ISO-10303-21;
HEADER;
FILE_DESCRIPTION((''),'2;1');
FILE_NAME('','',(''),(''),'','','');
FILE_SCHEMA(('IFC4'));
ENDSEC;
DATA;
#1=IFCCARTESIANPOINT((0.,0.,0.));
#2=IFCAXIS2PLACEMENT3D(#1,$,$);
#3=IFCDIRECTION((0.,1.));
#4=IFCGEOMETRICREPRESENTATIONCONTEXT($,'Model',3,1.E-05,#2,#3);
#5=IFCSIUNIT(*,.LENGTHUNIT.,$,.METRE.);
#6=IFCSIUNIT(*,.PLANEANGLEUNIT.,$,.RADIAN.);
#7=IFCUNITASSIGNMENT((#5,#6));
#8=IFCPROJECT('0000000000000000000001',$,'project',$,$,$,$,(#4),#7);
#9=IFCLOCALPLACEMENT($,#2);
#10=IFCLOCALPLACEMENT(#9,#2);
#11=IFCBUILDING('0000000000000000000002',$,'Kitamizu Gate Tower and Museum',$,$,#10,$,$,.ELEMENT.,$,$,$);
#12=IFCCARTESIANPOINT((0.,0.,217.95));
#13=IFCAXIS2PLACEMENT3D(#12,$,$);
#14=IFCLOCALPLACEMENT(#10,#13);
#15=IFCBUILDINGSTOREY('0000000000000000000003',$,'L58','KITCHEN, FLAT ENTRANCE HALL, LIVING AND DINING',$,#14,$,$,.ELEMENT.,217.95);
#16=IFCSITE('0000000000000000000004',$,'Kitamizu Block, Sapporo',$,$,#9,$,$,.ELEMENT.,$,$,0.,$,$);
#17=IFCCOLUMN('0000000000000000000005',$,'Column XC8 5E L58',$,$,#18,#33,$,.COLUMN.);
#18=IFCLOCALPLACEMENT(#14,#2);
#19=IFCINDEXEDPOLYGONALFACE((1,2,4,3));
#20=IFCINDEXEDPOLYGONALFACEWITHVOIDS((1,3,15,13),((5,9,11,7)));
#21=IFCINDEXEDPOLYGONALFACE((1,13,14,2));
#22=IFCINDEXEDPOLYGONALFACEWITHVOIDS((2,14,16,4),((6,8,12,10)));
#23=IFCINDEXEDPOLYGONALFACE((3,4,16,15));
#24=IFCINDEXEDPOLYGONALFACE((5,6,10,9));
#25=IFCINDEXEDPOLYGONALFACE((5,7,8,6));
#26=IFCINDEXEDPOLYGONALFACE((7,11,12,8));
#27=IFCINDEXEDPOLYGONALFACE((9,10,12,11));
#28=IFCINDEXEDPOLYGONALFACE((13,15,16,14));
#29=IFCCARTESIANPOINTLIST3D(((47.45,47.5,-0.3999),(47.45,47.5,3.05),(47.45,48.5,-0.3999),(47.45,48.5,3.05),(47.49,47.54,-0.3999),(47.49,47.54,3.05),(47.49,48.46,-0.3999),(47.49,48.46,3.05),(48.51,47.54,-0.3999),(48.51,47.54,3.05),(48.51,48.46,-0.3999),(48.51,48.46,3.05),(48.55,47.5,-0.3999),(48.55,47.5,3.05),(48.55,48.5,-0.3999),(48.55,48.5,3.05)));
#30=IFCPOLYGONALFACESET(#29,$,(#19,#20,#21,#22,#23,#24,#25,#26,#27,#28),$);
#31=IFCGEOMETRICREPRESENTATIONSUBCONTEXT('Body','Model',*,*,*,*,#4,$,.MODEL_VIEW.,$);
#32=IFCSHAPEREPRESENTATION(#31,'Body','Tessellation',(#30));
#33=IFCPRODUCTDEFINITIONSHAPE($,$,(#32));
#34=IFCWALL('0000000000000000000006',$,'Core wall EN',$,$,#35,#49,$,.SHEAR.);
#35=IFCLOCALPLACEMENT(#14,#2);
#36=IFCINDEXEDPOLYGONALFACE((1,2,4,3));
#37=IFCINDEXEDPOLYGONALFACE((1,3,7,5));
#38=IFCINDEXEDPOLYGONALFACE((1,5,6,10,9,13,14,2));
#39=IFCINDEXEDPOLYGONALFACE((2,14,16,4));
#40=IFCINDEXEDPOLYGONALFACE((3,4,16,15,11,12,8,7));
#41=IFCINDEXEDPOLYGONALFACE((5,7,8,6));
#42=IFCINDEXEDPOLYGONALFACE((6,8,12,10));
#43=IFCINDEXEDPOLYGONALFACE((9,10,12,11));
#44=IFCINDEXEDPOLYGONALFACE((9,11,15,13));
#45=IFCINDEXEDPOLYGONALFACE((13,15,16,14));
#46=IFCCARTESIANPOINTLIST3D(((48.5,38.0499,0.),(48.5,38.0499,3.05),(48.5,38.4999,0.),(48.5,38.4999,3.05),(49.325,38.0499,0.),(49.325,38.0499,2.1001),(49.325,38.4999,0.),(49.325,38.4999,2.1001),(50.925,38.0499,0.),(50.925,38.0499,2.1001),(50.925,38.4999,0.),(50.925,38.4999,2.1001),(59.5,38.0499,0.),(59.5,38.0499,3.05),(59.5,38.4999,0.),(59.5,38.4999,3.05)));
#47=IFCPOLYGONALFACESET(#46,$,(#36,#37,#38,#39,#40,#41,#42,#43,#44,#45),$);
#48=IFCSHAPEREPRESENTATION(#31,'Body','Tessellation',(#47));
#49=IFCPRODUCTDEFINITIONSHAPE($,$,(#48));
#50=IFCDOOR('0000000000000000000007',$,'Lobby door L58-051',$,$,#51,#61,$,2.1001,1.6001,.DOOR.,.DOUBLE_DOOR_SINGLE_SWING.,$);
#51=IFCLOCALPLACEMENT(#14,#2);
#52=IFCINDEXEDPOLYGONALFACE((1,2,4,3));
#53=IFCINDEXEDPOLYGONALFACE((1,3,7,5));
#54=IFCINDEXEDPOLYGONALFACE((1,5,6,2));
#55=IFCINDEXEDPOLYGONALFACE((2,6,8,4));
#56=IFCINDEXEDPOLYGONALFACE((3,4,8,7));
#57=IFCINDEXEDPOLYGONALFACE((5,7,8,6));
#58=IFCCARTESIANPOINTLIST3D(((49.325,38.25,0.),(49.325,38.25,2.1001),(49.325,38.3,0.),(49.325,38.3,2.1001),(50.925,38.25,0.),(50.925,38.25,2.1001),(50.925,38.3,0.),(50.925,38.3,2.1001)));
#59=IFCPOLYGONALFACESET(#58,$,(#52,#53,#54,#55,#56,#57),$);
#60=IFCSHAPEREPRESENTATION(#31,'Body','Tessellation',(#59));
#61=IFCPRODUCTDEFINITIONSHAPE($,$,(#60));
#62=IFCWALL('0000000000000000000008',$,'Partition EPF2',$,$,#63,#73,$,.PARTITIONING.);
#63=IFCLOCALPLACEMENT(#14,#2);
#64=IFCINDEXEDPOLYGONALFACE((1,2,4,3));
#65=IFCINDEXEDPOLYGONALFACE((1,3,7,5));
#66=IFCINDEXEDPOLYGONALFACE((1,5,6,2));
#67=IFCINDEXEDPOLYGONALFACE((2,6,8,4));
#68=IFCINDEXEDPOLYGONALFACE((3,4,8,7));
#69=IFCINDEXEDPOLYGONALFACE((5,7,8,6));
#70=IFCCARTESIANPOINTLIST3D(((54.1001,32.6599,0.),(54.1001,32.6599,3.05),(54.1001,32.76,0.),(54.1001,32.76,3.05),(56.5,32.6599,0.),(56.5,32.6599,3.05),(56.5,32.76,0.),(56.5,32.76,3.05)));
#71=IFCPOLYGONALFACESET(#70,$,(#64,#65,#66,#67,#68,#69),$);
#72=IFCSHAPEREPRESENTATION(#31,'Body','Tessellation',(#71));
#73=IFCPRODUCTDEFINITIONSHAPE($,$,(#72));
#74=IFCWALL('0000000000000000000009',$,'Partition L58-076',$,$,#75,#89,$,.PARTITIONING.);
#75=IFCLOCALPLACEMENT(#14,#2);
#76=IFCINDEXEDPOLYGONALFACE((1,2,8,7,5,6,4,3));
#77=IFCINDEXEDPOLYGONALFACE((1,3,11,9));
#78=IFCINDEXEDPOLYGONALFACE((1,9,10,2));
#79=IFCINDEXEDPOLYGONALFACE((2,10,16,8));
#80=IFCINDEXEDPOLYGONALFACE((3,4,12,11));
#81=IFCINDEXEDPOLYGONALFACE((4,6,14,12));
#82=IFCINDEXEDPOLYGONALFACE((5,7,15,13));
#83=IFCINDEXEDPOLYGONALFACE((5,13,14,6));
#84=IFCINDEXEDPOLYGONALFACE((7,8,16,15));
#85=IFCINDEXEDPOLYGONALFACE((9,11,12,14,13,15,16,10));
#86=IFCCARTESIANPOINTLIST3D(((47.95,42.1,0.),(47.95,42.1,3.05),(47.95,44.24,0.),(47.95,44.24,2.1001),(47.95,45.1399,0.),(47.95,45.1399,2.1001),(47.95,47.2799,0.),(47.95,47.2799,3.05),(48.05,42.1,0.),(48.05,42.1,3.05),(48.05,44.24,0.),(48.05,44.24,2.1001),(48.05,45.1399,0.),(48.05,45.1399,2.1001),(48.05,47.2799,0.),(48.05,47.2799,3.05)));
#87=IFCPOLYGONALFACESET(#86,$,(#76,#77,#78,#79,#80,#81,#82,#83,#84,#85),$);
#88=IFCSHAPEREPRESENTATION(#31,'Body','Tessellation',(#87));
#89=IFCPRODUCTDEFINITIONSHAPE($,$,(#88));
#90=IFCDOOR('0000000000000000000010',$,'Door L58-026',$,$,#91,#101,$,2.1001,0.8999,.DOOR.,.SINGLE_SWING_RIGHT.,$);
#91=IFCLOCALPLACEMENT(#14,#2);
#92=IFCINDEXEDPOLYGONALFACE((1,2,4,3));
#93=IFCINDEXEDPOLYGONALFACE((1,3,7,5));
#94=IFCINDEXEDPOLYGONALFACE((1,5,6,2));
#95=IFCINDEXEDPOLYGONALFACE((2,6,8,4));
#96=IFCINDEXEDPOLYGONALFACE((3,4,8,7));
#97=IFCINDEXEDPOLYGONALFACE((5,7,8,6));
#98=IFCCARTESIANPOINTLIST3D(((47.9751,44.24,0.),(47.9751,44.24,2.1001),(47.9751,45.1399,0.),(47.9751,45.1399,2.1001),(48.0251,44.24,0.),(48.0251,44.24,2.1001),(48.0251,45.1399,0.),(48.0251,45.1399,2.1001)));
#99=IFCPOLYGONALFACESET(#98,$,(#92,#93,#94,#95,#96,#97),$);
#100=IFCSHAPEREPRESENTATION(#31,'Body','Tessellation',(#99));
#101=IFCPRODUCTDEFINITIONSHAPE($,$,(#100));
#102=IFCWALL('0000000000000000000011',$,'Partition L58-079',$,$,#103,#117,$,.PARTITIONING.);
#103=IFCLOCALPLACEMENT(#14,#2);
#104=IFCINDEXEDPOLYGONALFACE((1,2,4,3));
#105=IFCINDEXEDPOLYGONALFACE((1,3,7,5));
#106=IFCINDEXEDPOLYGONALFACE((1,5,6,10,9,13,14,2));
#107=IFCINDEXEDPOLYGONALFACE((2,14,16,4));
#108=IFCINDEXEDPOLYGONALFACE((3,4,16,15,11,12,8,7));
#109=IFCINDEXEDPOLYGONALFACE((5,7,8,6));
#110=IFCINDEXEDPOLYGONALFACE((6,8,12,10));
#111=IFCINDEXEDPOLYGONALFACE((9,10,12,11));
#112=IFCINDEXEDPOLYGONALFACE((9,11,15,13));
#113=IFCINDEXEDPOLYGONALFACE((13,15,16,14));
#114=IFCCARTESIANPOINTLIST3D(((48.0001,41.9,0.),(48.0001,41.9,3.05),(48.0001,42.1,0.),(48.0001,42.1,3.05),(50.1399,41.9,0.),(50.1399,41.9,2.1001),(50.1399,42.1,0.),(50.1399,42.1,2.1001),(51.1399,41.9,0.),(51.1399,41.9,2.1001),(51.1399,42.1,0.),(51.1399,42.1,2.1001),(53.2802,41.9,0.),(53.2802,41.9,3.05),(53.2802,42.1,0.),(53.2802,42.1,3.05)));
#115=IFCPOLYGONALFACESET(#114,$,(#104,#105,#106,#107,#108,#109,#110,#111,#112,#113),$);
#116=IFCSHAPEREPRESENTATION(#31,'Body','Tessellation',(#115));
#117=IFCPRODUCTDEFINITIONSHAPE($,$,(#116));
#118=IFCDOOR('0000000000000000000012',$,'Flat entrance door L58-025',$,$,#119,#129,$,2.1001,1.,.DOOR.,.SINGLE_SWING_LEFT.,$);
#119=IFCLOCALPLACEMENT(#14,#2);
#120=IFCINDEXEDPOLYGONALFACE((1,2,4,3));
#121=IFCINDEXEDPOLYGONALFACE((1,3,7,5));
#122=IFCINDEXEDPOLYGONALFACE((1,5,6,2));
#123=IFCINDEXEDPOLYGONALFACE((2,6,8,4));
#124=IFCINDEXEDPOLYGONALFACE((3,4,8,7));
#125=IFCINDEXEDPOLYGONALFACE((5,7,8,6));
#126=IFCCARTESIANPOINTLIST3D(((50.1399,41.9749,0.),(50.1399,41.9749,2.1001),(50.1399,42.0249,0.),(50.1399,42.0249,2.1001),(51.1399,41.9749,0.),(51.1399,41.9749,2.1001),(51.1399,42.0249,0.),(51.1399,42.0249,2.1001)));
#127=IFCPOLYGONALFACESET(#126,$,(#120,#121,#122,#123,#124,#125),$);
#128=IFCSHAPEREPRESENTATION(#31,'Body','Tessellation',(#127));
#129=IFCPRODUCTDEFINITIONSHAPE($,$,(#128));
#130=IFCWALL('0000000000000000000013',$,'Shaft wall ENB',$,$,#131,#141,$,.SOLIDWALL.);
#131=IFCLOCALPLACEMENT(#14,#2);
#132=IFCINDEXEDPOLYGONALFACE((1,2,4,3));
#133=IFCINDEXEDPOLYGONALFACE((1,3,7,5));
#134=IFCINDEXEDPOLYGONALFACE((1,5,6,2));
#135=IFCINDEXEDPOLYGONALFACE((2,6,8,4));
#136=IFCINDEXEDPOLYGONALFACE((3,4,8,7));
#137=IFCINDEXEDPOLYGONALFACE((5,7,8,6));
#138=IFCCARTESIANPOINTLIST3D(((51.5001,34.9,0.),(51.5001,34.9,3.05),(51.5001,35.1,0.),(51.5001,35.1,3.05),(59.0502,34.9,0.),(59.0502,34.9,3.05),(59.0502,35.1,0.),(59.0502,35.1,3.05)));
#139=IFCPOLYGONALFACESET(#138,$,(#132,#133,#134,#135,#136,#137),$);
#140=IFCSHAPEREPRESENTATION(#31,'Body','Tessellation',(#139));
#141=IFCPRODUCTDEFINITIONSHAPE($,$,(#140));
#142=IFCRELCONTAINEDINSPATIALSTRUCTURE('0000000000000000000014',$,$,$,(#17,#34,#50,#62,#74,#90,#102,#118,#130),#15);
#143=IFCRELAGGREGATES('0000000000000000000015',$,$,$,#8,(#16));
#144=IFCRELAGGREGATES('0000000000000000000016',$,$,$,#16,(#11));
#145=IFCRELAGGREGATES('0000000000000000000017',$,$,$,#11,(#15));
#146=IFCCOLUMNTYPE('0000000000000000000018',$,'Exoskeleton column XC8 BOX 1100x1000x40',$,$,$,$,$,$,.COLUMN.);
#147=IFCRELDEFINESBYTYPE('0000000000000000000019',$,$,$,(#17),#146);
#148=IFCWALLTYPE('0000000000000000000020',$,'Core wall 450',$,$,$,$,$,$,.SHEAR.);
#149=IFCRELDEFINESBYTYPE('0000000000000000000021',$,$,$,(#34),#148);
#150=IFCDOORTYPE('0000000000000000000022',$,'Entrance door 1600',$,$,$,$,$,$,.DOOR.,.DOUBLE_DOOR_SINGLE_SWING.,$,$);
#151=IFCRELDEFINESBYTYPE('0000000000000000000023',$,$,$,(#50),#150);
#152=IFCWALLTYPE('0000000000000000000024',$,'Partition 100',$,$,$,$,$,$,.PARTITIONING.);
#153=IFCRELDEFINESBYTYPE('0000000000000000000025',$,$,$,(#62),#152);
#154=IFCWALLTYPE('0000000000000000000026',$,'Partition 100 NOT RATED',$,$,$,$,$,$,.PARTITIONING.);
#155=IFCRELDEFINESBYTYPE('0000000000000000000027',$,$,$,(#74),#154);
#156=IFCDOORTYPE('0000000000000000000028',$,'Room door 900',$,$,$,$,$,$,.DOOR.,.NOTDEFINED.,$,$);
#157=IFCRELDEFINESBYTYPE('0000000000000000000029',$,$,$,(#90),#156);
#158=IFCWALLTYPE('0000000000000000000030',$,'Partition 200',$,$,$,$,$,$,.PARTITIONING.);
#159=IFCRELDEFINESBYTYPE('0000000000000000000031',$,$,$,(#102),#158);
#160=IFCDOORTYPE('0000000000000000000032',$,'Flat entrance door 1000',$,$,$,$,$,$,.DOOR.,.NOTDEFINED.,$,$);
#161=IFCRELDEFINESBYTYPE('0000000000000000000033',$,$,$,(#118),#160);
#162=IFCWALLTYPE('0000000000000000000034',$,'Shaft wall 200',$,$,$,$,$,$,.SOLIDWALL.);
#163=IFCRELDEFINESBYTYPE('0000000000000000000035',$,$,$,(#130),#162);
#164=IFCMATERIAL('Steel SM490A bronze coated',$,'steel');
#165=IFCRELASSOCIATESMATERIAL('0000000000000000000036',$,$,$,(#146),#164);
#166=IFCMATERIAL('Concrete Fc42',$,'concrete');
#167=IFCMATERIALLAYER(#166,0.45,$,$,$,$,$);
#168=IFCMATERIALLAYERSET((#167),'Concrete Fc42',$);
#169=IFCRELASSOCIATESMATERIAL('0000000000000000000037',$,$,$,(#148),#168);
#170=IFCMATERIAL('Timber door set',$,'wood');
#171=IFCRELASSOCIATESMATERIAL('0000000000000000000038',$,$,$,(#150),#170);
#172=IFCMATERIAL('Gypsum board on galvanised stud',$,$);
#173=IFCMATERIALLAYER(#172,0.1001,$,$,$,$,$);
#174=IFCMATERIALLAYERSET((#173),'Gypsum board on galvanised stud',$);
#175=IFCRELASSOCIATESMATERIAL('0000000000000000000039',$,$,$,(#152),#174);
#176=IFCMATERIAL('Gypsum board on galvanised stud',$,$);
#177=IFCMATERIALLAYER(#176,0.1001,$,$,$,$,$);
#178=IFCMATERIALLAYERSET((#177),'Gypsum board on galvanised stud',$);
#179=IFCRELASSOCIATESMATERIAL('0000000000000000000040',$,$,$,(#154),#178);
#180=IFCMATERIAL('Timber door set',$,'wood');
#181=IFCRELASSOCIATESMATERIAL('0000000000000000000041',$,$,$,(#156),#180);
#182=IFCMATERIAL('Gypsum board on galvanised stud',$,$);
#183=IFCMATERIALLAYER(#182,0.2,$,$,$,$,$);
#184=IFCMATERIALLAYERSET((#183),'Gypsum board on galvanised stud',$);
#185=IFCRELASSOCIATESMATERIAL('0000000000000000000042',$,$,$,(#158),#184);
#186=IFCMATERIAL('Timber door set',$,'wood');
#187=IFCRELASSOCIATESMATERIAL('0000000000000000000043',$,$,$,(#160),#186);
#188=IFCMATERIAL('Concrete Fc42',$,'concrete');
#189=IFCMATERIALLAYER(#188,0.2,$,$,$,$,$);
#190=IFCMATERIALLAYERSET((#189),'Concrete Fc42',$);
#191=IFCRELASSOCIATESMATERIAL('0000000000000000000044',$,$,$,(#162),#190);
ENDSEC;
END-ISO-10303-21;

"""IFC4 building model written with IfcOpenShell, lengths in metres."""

from ifc_helpers import new_model, si_unit, direction, frame, frame_2d, origin, origin_2d, place, context, subcontext, project, spatial, rectangle, hollow_rectangle, extrude, material, layer, layer_set, material_profile, profile_set, type_object, element, fill, save


model = new_model("IFC4")

# Units and contexts
model_context = context("Model", 3, precision=1e-05, world=origin(), true_north=direction((0.0, 1.0)))
body_context = subcontext(model_context, "Body", "Model", "MODEL_VIEW")
ifc_project = project(units=[si_unit("LENGTHUNIT", "METRE"), si_unit("PLANEANGLEUNIT", "RADIAN")], contexts=[model_context])

# Site, building, storey
site_placement = place(None, origin())
site = spatial("IfcSite", under=ifc_project, at=site_placement, Name="Kitamizu Block, Sapporo", CompositionType="ELEMENT", RefElevation=0.0)
building_placement = place(site_placement, origin())
building = spatial("IfcBuilding", under=site, at=building_placement, Name="Kitamizu Gate Tower and Museum", CompositionType="ELEMENT")
storey_placement = place(building_placement, frame((0.0, 0.0, 217.95)))
storey = spatial("IfcBuildingStorey", under=building, at=storey_placement, Name="L58", Description="KITCHEN, FLAT ENTRANCE HALL, LIVING AND DINING", CompositionType="ELEMENT", Elevation=217.95)

# Column
ifc_material_1 = material(Name="Steel SM490A bronze coated", Category="steel")
ifc_material_profile = material_profile(ifc_material_1, hollow_rectangle(XDim=1.1001, YDim=1.0, WallThickness=0.04, at=origin_2d()), Name="BOX 1100x1000x40")
ifc_profile_set = profile_set([ifc_material_profile], Name="Steel SM490A bronze coated")
column_type = type_object("IfcColumnType", Name="Exoskeleton column XC8 BOX 1100x1000x40", PredefinedType="COLUMN", material=ifc_profile_set)
column_placement = place(storey_placement, frame((48.0, 48.0, -0.3999), z_axis=(0.0, 0.0, 1.0), x_axis=(1.0, 0.0, 0.0)))
element("IfcColumn", 1, at=column_placement, inside=storey, type_object=column_type, Name="Column XC8 5E L58", PredefinedType="COLUMN", context=body_context, shape_type="SweptSolid", body=[
    extrude(hollow_rectangle(XDim=1.1001, YDim=1.0, WallThickness=0.04, at=origin_2d()), origin(), (0.0, 0.0, 1.0), 3.45),
])

# Wall, opening, door
ifc_material_2 = material(Name="Concrete Fc42", Category="concrete")
ifc_layer_1 = layer(ifc_material_2, 0.45)
ifc_layer_set_1 = layer_set([ifc_layer_1], Name="Concrete Fc42")
wall_type_1 = type_object("IfcWallType", Name="Core wall 450", PredefinedType="SHEAR", material=ifc_layer_set_1)
wall_1_placement = place(storey_placement, frame((59.5, 38.2749, 0.0), z_axis=(0.0, 0.0, 1.0), x_axis=(-1.0, 0.0, 0.0)))
wall_1 = element("IfcWall", 2, at=wall_1_placement, inside=storey, type_object=wall_type_1, Name="Core wall EN", PredefinedType="SHEAR", context=body_context, shape_type="SweptSolid", body=[
    extrude(rectangle(XDim=11.0, YDim=0.45, at=frame_2d((5.5, 0.0))), origin(), (0.0, 0.0, 1.0), 3.05),
])
opening_1_placement = place(wall_1_placement, frame((8.575, 0.0, 0.0)))
opening_1 = element("IfcOpeningElement", 3, at=opening_1_placement, cuts=wall_1, PredefinedType="OPENING", context=body_context, shape_type="SweptSolid", body=[
    extrude(rectangle(XDim=1.6001, YDim=2.1001, at=frame_2d((0.8, 1.05))), frame((0.0, 0.2349, 0.0), z_axis=(0.0, -1.0, 0.0), x_axis=(1.0, 0.0, 0.0)), (0.0, 0.0, 1.0), 0.47),
])
ifc_material_3 = material(Name="Timber door set", Category="wood")
door_type_1 = type_object("IfcDoorType", Name="Entrance door 1600", OperationType="DOUBLE_DOOR_SINGLE_SWING", PredefinedType="DOOR", material=ifc_material_3)
door_1_placement = place(opening_1_placement, origin())
door_1 = element("IfcDoor", 4, at=door_1_placement, inside=storey, type_object=door_type_1, Name="Lobby door L58-051", OperationType="DOUBLE_DOOR_SINGLE_SWING", OverallHeight=2.1001, OverallWidth=1.6001, PredefinedType="DOOR", context=body_context, shape_type="SweptSolid", body=[
    extrude(rectangle(XDim=1.6001, YDim=2.1001, at=frame_2d((0.8, 1.05))), frame((0.0, 0.0249, 0.0), z_axis=(0.0, -1.0, 0.0), x_axis=(1.0, 0.0, 0.0)), (0.0, 0.0, 1.0), 0.05),
])
fill(opening_1, door_1)

# Wall
ifc_material_4 = material(Name="Gypsum board on galvanised stud")
ifc_layer_2 = layer(ifc_material_4, 0.1001)
ifc_layer_set_2 = layer_set([ifc_layer_2], Name="Gypsum board on galvanised stud")
wall_type_2 = type_object("IfcWallType", Name="Partition 100", PredefinedType="PARTITIONING", material=ifc_layer_set_2)
wall_2_placement = place(storey_placement, frame((56.5, 32.71, 0.0), z_axis=(0.0, 0.0, 1.0), x_axis=(-1.0, 0.0, 0.0)))
element("IfcWall", 5, at=wall_2_placement, inside=storey, type_object=wall_type_2, Name="Partition EPF2", PredefinedType="PARTITIONING", context=body_context, shape_type="SweptSolid", body=[
    extrude(rectangle(XDim=2.3999, YDim=0.1001, at=frame_2d((1.2, 0.0))), origin(), (0.0, 0.0, 1.0), 3.05),
])

# Walls, openings, doors
ifc_material_5 = material(Name="Gypsum board on galvanised stud")
ifc_layer_3 = layer(ifc_material_5, 0.1001)
ifc_layer_set_3 = layer_set([ifc_layer_3], Name="Gypsum board on galvanised stud")
wall_type_3 = type_object("IfcWallType", Name="Partition 100 NOT RATED", PredefinedType="PARTITIONING", material=ifc_layer_set_3)
wall_3_placement = place(storey_placement, frame((48.0, 42.1001, 0.0), z_axis=(0.0, 0.0, 1.0), x_axis=(0.0, 1.0, 0.0)))
wall_3 = element("IfcWall", 6, at=wall_3_placement, inside=storey, type_object=wall_type_3, Name="Partition L58-076", PredefinedType="PARTITIONING", context=body_context, shape_type="SweptSolid", body=[
    extrude(rectangle(XDim=5.1799, YDim=0.1001, at=frame_2d((2.5898, 0.0))), origin(), (0.0, 0.0, 1.0), 3.05),
])
opening_2_placement = place(wall_3_placement, frame((2.1399, 0.0, 0.0)))
opening_2 = element("IfcOpeningElement", 7, at=opening_2_placement, cuts=wall_3, PredefinedType="OPENING", context=body_context, shape_type="SweptSolid", body=[
    extrude(rectangle(XDim=0.8999, YDim=2.1001, at=frame_2d((0.45, 1.05))), frame((0.0, 0.0601, 0.0), z_axis=(0.0, -1.0, 0.0), x_axis=(1.0, 0.0, 0.0)), (0.0, 0.0, 1.0), 0.1201),
])
ifc_material_6 = material(Name="Timber door set", Category="wood")
door_type_2 = type_object("IfcDoorType", Name="Room door 900", OperationType="NOTDEFINED", PredefinedType="DOOR", material=ifc_material_6)
door_2_placement = place(opening_2_placement, origin())
door_2 = element("IfcDoor", 8, at=door_2_placement, inside=storey, type_object=door_type_2, Name="Door L58-026", OperationType="SINGLE_SWING_RIGHT", OverallHeight=2.1001, OverallWidth=0.8999, PredefinedType="DOOR", context=body_context, shape_type="SweptSolid", body=[
    extrude(rectangle(XDim=0.8999, YDim=2.1001, at=frame_2d((0.45, 1.05))), frame((0.0, 0.0249, 0.0), z_axis=(0.0, -1.0, 0.0), x_axis=(1.0, 0.0, 0.0)), (0.0, 0.0, 1.0), 0.05),
])
fill(opening_2, door_2)
ifc_material_7 = material(Name="Gypsum board on galvanised stud")
ifc_layer_4 = layer(ifc_material_7, 0.2)
ifc_layer_set_4 = layer_set([ifc_layer_4], Name="Gypsum board on galvanised stud")
wall_type_4 = type_object("IfcWallType", Name="Partition 200", PredefinedType="PARTITIONING", material=ifc_layer_set_4)
wall_4_placement = place(storey_placement, frame((48.0, 42.0, 0.0), z_axis=(0.0, 0.0, 1.0), x_axis=(1.0, 0.0, 0.0)))
wall_4 = element("IfcWall", 9, at=wall_4_placement, inside=storey, type_object=wall_type_4, Name="Partition L58-079", PredefinedType="PARTITIONING", context=body_context, shape_type="SweptSolid", body=[
    extrude(rectangle(XDim=5.28, YDim=0.2, at=frame_2d((2.6401, 0.0))), origin(), (0.0, 0.0, 1.0), 3.05),
])
opening_3_placement = place(wall_4_placement, frame((2.1399, 0.0, 0.0)))
opening_3 = element("IfcOpeningElement", 10, at=opening_3_placement, cuts=wall_4, PredefinedType="OPENING", context=body_context, shape_type="SweptSolid", body=[
    extrude(rectangle(XDim=1.0, YDim=2.1001, at=frame_2d((0.5, 1.05))), frame((0.0, 0.1099, 0.0), z_axis=(0.0, -1.0, 0.0), x_axis=(1.0, 0.0, 0.0)), (0.0, 0.0, 1.0), 0.22),
])
ifc_material_8 = material(Name="Timber door set", Category="wood")
door_type_3 = type_object("IfcDoorType", Name="Flat entrance door 1000", OperationType="NOTDEFINED", PredefinedType="DOOR", material=ifc_material_8)
door_3_placement = place(opening_3_placement, origin())
door_3 = element("IfcDoor", 11, at=door_3_placement, inside=storey, type_object=door_type_3, Name="Flat entrance door L58-025", OperationType="SINGLE_SWING_LEFT", OverallHeight=2.1001, OverallWidth=1.0, PredefinedType="DOOR", context=body_context, shape_type="SweptSolid", body=[
    extrude(rectangle(XDim=1.0, YDim=2.1001, at=frame_2d((0.5, 1.05))), frame((0.0, 0.0249, 0.0), z_axis=(0.0, -1.0, 0.0), x_axis=(1.0, 0.0, 0.0)), (0.0, 0.0, 1.0), 0.05),
])
fill(opening_3, door_3)

# Wall
ifc_material_9 = material(Name="Concrete Fc42", Category="concrete")
ifc_layer_5 = layer(ifc_material_9, 0.2)
ifc_layer_set_5 = layer_set([ifc_layer_5], Name="Concrete Fc42")
wall_type_5 = type_object("IfcWallType", Name="Shaft wall 200", PredefinedType="SOLIDWALL", material=ifc_layer_set_5)
wall_5_placement = place(storey_placement, frame((59.05, 35.0, 0.0), z_axis=(0.0, 0.0, 1.0), x_axis=(-1.0, 0.0, 0.0)))
element("IfcWall", 12, at=wall_5_placement, inside=storey, type_object=wall_type_5, Name="Shaft wall ENB", PredefinedType="SOLIDWALL", context=body_context, shape_type="SweptSolid", body=[
    extrude(rectangle(XDim=7.55, YDim=0.2, at=frame_2d((3.7749, 0.0))), origin(), (0.0, 0.0, 1.0), 3.05),
])

save(model, "model.ifc")
